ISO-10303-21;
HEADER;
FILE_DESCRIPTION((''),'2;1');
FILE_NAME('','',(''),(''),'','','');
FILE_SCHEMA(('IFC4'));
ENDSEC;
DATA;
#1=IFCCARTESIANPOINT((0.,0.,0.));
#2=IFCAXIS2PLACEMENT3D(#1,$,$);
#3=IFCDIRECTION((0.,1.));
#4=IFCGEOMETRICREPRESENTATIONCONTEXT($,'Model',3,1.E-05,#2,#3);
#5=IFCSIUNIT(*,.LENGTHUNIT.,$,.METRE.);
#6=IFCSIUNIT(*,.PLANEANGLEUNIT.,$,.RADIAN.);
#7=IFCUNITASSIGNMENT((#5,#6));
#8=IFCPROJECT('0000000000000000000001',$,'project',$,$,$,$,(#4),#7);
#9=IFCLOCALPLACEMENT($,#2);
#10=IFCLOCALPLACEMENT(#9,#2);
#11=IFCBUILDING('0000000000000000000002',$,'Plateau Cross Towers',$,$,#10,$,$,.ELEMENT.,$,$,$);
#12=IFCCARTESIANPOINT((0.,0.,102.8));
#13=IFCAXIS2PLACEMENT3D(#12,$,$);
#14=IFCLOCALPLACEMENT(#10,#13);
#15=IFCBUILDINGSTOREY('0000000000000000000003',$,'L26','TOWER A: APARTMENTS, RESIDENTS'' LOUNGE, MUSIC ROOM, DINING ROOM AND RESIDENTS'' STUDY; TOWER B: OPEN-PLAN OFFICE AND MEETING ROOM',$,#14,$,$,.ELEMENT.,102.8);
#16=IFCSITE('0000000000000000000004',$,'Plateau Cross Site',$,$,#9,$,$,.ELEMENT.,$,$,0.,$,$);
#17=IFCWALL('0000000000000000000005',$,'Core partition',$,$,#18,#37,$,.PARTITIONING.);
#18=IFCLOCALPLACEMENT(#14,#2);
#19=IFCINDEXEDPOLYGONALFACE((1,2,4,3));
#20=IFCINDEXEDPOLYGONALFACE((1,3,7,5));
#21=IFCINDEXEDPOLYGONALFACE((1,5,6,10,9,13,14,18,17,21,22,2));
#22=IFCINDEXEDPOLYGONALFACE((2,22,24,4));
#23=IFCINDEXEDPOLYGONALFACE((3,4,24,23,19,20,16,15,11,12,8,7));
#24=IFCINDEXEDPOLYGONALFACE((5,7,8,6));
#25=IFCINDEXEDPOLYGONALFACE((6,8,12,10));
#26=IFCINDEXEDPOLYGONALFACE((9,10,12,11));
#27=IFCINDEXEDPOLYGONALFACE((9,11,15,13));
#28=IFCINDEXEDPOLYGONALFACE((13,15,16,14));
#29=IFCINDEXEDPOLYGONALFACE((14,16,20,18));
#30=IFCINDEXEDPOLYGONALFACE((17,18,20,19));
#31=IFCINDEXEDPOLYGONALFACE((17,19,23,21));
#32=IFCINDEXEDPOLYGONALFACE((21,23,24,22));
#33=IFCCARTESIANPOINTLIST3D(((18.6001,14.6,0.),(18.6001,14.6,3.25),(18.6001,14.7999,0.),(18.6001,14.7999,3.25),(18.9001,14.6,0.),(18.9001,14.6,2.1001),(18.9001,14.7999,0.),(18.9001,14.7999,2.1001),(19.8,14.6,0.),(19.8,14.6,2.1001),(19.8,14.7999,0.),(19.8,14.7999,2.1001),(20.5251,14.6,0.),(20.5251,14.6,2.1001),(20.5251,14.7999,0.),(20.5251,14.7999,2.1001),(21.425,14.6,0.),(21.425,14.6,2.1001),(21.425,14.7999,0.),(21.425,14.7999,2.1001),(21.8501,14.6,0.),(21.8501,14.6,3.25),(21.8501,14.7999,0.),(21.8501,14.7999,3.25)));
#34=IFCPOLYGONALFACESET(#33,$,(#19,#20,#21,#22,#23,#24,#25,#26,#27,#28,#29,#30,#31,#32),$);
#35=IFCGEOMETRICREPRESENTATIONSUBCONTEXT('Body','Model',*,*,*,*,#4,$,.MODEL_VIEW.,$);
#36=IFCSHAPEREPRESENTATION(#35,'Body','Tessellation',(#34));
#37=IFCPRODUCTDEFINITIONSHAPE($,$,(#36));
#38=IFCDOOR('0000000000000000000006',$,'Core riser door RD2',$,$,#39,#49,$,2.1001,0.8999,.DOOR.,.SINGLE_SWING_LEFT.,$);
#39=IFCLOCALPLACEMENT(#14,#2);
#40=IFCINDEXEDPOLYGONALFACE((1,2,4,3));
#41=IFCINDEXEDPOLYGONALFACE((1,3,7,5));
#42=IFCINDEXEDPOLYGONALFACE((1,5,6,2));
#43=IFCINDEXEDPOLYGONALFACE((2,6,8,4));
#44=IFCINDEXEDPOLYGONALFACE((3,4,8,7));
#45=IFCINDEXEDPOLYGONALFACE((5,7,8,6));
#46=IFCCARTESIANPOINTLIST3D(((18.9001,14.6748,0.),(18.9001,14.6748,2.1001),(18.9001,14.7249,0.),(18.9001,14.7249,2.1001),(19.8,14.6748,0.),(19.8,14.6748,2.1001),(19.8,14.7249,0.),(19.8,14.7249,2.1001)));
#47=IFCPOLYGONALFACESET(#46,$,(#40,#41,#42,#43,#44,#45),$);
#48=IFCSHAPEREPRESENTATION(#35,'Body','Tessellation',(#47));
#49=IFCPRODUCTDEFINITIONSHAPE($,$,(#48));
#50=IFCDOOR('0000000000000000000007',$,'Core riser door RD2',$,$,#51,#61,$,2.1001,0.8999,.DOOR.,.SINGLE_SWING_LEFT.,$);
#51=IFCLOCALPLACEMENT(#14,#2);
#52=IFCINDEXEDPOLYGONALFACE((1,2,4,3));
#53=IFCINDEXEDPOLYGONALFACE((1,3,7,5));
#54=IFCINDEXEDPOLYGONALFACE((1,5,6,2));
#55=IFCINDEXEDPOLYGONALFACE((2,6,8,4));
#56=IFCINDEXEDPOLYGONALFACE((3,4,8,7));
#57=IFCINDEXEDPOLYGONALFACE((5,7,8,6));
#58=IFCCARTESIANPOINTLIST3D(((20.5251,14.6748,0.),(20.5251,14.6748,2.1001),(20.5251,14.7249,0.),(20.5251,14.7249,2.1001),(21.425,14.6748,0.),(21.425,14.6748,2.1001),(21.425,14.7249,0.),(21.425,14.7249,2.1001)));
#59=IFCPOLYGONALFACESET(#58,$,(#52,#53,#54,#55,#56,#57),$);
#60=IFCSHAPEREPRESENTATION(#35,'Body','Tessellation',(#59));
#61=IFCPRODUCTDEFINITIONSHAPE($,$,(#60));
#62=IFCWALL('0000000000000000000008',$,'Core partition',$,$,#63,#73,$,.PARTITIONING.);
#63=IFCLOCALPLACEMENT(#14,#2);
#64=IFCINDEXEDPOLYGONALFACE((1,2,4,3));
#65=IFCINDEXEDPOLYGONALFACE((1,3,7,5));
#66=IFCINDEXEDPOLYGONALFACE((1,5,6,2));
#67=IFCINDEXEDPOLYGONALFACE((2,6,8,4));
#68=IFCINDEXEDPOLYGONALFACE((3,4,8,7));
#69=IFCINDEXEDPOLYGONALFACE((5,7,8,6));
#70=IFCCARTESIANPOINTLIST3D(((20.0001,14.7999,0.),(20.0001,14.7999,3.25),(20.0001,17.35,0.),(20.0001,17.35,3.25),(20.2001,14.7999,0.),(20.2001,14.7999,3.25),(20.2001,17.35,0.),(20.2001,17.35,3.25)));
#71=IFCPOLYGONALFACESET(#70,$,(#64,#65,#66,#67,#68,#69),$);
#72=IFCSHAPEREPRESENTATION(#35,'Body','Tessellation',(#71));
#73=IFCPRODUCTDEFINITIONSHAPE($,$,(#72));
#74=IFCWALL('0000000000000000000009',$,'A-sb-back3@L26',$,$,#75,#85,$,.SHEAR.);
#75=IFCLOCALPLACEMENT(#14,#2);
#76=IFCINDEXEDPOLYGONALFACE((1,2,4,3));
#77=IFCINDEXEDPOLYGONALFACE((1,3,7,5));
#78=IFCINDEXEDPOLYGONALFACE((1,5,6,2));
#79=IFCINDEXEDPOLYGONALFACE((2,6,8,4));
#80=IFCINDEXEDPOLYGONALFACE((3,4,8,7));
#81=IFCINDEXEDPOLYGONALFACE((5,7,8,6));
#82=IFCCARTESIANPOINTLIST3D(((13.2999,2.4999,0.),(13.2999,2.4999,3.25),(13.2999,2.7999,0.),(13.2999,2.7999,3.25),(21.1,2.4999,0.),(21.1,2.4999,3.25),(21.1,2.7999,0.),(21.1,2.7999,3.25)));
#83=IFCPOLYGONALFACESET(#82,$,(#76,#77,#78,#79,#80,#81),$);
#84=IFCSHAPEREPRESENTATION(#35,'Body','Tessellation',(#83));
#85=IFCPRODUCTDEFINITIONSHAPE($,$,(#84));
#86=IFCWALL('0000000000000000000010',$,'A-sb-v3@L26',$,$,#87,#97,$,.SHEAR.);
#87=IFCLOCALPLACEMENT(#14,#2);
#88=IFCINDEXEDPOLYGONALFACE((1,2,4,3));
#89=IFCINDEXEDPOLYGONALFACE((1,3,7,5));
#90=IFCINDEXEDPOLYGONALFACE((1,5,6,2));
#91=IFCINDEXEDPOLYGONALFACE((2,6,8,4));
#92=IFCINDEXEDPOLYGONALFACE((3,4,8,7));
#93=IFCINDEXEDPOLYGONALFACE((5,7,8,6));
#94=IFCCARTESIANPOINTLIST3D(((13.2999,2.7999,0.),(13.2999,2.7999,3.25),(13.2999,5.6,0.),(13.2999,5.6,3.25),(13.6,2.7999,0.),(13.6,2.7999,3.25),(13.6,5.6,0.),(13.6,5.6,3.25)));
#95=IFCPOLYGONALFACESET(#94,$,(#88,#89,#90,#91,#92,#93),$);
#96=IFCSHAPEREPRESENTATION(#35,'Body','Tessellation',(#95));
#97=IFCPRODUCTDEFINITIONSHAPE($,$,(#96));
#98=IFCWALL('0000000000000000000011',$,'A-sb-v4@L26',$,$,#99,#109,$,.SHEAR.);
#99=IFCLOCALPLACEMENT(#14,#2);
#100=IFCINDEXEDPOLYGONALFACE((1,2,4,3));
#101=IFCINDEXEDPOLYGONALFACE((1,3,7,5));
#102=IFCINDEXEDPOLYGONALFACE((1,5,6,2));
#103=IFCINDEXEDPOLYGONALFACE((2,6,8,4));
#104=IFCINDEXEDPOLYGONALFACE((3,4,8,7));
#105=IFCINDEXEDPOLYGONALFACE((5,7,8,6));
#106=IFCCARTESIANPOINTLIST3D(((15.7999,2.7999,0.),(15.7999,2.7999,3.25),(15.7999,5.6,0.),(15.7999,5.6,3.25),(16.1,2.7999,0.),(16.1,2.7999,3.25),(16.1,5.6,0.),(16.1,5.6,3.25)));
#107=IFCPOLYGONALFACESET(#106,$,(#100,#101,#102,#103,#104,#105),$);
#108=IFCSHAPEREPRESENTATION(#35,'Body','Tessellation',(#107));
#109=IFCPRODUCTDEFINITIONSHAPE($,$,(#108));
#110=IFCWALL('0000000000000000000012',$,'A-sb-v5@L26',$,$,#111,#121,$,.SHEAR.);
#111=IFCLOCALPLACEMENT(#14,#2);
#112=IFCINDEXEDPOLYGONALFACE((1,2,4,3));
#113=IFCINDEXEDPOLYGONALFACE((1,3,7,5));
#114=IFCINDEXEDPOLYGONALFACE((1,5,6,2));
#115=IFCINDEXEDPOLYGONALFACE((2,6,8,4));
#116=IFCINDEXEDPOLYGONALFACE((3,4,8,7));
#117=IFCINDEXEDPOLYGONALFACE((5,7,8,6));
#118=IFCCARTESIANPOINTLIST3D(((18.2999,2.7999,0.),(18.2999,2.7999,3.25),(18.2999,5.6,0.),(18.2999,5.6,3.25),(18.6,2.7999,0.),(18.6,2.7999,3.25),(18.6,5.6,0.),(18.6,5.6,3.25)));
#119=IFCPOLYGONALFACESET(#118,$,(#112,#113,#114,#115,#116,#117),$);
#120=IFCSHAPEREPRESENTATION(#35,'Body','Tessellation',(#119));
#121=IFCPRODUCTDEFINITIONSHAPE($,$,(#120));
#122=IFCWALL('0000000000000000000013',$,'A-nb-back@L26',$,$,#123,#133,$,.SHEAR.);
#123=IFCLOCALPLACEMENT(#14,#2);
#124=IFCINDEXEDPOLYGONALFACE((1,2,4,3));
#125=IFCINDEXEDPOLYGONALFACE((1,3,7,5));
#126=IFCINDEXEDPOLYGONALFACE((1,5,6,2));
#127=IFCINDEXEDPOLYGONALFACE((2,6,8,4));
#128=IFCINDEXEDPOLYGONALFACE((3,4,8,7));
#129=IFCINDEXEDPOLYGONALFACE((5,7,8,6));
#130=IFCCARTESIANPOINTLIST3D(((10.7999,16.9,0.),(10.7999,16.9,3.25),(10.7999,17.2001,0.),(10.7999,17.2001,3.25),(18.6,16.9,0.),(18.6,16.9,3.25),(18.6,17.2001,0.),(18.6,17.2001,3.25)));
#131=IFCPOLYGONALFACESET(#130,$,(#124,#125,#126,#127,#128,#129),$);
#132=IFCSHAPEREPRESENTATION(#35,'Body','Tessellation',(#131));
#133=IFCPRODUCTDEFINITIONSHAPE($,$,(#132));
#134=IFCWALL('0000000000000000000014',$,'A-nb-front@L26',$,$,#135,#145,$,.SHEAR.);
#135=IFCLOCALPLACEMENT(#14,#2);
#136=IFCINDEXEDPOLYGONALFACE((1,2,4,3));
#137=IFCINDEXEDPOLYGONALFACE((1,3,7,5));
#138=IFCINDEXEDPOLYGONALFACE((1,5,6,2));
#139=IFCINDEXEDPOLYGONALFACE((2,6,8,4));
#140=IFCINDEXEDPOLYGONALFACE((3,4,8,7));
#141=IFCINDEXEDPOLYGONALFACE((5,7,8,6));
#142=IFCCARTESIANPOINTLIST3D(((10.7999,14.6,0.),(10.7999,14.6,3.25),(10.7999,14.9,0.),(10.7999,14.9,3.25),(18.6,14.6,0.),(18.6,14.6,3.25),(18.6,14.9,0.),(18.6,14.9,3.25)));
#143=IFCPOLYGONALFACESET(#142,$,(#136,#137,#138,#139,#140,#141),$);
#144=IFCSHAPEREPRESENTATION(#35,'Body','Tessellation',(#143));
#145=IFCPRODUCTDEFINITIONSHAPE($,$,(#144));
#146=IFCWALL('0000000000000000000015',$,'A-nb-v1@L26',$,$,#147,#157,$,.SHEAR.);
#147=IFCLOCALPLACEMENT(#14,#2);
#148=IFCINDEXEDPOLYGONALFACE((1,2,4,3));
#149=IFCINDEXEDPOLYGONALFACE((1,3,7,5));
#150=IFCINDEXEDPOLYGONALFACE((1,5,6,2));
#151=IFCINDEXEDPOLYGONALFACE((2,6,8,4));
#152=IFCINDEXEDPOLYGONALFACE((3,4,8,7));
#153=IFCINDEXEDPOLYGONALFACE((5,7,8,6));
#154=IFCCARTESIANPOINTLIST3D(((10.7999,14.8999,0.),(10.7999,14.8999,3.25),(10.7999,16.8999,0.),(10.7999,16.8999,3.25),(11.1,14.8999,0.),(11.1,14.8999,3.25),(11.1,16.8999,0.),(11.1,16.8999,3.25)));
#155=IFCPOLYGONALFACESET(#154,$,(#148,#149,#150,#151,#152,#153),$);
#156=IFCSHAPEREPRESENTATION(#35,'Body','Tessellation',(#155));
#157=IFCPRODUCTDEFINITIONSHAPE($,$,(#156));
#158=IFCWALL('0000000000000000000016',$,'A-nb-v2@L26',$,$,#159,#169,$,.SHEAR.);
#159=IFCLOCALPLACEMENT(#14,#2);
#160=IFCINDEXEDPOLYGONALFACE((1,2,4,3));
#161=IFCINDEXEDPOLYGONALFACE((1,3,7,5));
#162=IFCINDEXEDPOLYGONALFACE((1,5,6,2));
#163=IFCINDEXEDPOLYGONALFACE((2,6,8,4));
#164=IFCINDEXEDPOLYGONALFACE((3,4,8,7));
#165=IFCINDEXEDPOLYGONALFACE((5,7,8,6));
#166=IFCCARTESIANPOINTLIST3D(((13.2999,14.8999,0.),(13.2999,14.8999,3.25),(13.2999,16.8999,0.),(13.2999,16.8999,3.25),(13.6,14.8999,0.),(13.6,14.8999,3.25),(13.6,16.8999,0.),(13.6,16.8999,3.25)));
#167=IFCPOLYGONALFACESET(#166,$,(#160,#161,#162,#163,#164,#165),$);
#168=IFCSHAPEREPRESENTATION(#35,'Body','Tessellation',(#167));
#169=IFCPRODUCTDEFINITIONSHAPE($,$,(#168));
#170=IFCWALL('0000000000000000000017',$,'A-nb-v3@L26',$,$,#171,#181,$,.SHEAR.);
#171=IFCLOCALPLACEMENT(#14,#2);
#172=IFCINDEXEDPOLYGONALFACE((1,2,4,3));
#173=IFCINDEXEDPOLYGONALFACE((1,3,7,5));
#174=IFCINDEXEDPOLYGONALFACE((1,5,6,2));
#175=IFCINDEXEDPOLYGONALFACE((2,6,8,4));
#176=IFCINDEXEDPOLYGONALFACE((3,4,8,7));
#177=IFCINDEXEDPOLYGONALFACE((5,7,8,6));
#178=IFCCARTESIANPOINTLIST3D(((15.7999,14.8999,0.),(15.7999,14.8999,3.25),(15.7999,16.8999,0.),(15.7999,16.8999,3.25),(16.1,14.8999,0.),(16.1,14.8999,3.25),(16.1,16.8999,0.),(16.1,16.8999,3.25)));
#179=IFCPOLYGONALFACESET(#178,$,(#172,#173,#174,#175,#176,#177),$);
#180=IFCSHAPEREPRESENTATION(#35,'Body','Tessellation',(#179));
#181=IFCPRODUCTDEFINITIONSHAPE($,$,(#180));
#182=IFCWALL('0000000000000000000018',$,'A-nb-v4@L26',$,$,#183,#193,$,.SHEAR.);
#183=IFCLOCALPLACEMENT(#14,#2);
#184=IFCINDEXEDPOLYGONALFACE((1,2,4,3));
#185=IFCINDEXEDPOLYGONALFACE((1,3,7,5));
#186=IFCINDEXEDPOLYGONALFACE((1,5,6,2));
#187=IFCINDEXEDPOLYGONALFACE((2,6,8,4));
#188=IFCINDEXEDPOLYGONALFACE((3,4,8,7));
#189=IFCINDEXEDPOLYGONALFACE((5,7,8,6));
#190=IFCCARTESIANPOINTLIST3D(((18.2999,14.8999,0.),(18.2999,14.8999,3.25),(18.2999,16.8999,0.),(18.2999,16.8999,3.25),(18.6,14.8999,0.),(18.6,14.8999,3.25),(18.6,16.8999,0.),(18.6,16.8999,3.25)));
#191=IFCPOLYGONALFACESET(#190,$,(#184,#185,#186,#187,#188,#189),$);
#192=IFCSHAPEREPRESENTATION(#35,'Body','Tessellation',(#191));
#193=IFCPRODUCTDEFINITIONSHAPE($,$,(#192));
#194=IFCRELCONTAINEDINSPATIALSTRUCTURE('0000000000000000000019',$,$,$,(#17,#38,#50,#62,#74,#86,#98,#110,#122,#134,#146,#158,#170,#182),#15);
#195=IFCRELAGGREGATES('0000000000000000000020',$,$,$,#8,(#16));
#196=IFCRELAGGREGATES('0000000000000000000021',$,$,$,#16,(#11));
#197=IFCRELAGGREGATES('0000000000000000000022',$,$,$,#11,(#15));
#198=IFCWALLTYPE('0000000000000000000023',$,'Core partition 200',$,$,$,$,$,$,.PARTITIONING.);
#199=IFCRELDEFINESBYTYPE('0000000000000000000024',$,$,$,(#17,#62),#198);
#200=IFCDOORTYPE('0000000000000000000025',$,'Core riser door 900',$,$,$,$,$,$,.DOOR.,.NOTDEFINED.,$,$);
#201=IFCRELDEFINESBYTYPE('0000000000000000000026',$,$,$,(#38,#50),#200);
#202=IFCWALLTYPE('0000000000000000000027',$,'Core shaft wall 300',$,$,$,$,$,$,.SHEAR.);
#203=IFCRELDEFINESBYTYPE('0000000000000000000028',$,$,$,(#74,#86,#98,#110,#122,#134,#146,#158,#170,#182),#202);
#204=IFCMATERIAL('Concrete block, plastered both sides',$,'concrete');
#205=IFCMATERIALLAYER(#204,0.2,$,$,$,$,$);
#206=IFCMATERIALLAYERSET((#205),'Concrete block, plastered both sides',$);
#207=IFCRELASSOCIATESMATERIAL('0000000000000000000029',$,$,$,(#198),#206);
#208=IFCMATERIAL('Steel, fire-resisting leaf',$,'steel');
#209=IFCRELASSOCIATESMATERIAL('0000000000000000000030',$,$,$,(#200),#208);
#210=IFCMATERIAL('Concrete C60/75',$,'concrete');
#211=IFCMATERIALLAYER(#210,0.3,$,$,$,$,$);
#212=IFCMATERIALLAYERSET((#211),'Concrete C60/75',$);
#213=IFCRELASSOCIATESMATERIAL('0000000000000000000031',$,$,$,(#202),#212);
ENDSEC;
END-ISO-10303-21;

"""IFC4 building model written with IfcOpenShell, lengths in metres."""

from ifc_helpers import new_model, si_unit, direction, frame, frame_2d, origin, place, context, subcontext, project, spatial, rectangle, extrude, material, layer, layer_set, type_object, element, fill, save


model = new_model("IFC4")

# Units and contexts
model_context = context("Model", 3, precision=1e-05, world=origin(), true_north=direction((0.0, 1.0)))
body_context = subcontext(model_context, "Body", "Model", "MODEL_VIEW")
ifc_project = project(units=[si_unit("LENGTHUNIT", "METRE"), si_unit("PLANEANGLEUNIT", "RADIAN")], contexts=[model_context])

# Site, building, storey
site_placement = place(None, origin())
site = spatial("IfcSite", under=ifc_project, at=site_placement, Name="Plateau Cross Site", CompositionType="ELEMENT", RefElevation=0.0)
building_placement = place(site_placement, origin())
building = spatial("IfcBuilding", under=site, at=building_placement, Name="Plateau Cross Towers", CompositionType="ELEMENT")
storey_placement = place(building_placement, frame((0.0, 0.0, 102.8)))
storey = spatial("IfcBuildingStorey", under=building, at=storey_placement, Name="L26", Description="TOWER A: APARTMENTS, RESIDENTS' LOUNGE, MUSIC ROOM, DINING ROOM AND RESIDENTS' STUDY; TOWER B: OPEN-PLAN OFFICE AND MEETING ROOM", CompositionType="ELEMENT", Elevation=102.8)

# Shared definitions
ifc_material_1 = material(Name="Concrete C60/75", Category="concrete")

# Shared definitions
ifc_material_2 = material(Name="Concrete block, plastered both sides", Category="concrete")
ifc_layer_1 = layer(ifc_material_2, 0.2)
ifc_layer_set_1 = layer_set([ifc_layer_1], Name="Concrete block, plastered both sides")
wall_type_1 = type_object("IfcWallType", Name="Core partition 200", PredefinedType="PARTITIONING", material=ifc_layer_set_1)

# Wall, openings, doors
wall_1_placement = place(storey_placement, frame((18.6001, 14.7, 0.0), z_axis=(0.0, 0.0, 1.0), x_axis=(1.0, 0.0, 0.0)))
wall_1 = element("IfcWall", 1, at=wall_1_placement, inside=storey, type_object=wall_type_1, Name="Core partition", PredefinedType="PARTITIONING", context=body_context, shape_type="SweptSolid", body=[
    extrude(rectangle(XDim=3.25, YDim=0.2, at=frame_2d((1.625, 0.0))), origin(), (0.0, 0.0, 1.0), 3.25),
])
opening_1_placement = place(wall_1_placement, frame((0.3, 0.0, 0.0)))
opening_1 = element("IfcOpeningElement", 2, at=opening_1_placement, cuts=wall_1, PredefinedType="OPENING", context=body_context, shape_type="SweptSolid", body=[
    extrude(rectangle(XDim=0.8999, YDim=2.1001, at=frame_2d((0.45, 1.05))), frame((0.0, 0.1099, 0.0), z_axis=(0.0, -1.0, 0.0), x_axis=(1.0, 0.0, 0.0)), (0.0, 0.0, 1.0), 0.22),
])
opening_2_placement = place(wall_1_placement, frame((1.925, 0.0, 0.0)))
opening_2 = element("IfcOpeningElement", 3, at=opening_2_placement, cuts=wall_1, PredefinedType="OPENING", context=body_context, shape_type="SweptSolid", body=[
    extrude(rectangle(XDim=0.8999, YDim=2.1001, at=frame_2d((0.45, 1.05))), frame((0.0, 0.1099, 0.0), z_axis=(0.0, -1.0, 0.0), x_axis=(1.0, 0.0, 0.0)), (0.0, 0.0, 1.0), 0.22),
])
ifc_material_3 = material(Name="Steel, fire-resisting leaf", Category="steel")
door_type_1 = type_object("IfcDoorType", Name="Core riser door 900", OperationType="NOTDEFINED", PredefinedType="DOOR", material=ifc_material_3)
door_1_placement = place(opening_1_placement, origin())
door_1 = element("IfcDoor", 4, at=door_1_placement, inside=storey, type_object=door_type_1, Name="Core riser door RD2", OperationType="SINGLE_SWING_LEFT", OverallHeight=2.1001, OverallWidth=0.8999, PredefinedType="DOOR", context=body_context, shape_type="SweptSolid", body=[
    extrude(rectangle(XDim=0.8999, YDim=2.1001, at=frame_2d((0.45, 1.05))), frame((0.0, 0.0249, 0.0), z_axis=(0.0, -1.0, 0.0), x_axis=(1.0, 0.0, 0.0)), (0.0, 0.0, 1.0), 0.05),
])
fill(opening_1, door_1)
door_2_placement = place(opening_2_placement, origin())
door_2 = element("IfcDoor", 5, at=door_2_placement, inside=storey, type_object=door_type_1, Name="Core riser door RD2", OperationType="SINGLE_SWING_LEFT", OverallHeight=2.1001, OverallWidth=0.8999, PredefinedType="DOOR", context=body_context, shape_type="SweptSolid", body=[
    extrude(rectangle(XDim=0.8999, YDim=2.1001, at=frame_2d((0.45, 1.05))), frame((0.0, 0.0249, 0.0), z_axis=(0.0, -1.0, 0.0), x_axis=(1.0, 0.0, 0.0)), (0.0, 0.0, 1.0), 0.05),
])
fill(opening_2, door_2)

# Walls
wall_2_placement = place(storey_placement, frame((20.1001, 14.8, 0.0), z_axis=(0.0, 0.0, 1.0), x_axis=(0.0, 1.0, 0.0)))
element("IfcWall", 6, at=wall_2_placement, inside=storey, type_object=wall_type_1, Name="Core partition", PredefinedType="PARTITIONING", context=body_context, shape_type="SweptSolid", body=[
    extrude(rectangle(XDim=2.55, YDim=0.2, at=frame_2d((1.2749, 0.0))), origin(), (0.0, 0.0, 1.0), 3.25),
])
ifc_layer_2 = layer(ifc_material_1, 0.3)
ifc_layer_set_2 = layer_set([ifc_layer_2], Name="Concrete C60/75")
wall_type_2 = type_object("IfcWallType", Name="Core shaft wall 300", PredefinedType="SHEAR", material=ifc_layer_set_2)
wall_3_placement = place(storey_placement, frame((13.3, 2.6499, 0.0), z_axis=(0.0, 0.0, 1.0), x_axis=(1.0, 0.0, 0.0)))
element("IfcWall", 7, at=wall_3_placement, inside=storey, type_object=wall_type_2, Name="A-sb-back3@L26", PredefinedType="SHEAR", context=body_context, shape_type="SweptSolid", body=[
    extrude(rectangle(XDim=7.8, YDim=0.3, at=frame_2d((3.8999, 0.0))), origin(), (0.0, 0.0, 1.0), 3.25),
])
for number, where, z_axis, x_axis, name in (
    (8, (13.45, 2.8, 0.0), (0.0, 0.0, 1.0), (0.0, 1.0, 0.0), "A-sb-v3@L26"),
    (9, (15.95, 2.8, 0.0), (0.0, 0.0, 1.0), (0.0, 1.0, 0.0), "A-sb-v4@L26"),
    (10, (18.45, 2.8, 0.0), (0.0, 0.0, 1.0), (0.0, 1.0, 0.0), "A-sb-v5@L26"),
):
    element("IfcWall", number, at=place(storey_placement, frame(where, z_axis=z_axis, x_axis=x_axis)), inside=storey, type_object=wall_type_2, Name=name, PredefinedType="SHEAR", context=body_context, shape_type="SweptSolid", body=[
        extrude(rectangle(XDim=2.8, YDim=0.3, at=frame_2d((1.3999, 0.0))), origin(), (0.0, 0.0, 1.0), 3.25),
    ])
for number, where, z_axis, x_axis, name in (
    (11, (10.8, 17.05, 0.0), (0.0, 0.0, 1.0), (1.0, 0.0, 0.0), "A-nb-back@L26"),
    (12, (10.8, 14.75, 0.0), (0.0, 0.0, 1.0), (1.0, 0.0, 0.0), "A-nb-front@L26"),
):
    element("IfcWall", number, at=place(storey_placement, frame(where, z_axis=z_axis, x_axis=x_axis)), inside=storey, type_object=wall_type_2, Name=name, PredefinedType="SHEAR", context=body_context, shape_type="SweptSolid", body=[
        extrude(rectangle(XDim=7.8, YDim=0.3, at=frame_2d((3.8999, 0.0))), origin(), (0.0, 0.0, 1.0), 3.25),
    ])
for number, where, z_axis, x_axis, name in (
    (13, (10.95, 14.8999, 0.0), (0.0, 0.0, 1.0), (0.0, 1.0, 0.0), "A-nb-v1@L26"),
    (14, (13.45, 14.8999, 0.0), (0.0, 0.0, 1.0), (0.0, 1.0, 0.0), "A-nb-v2@L26"),
    (15, (15.95, 14.8999, 0.0), (0.0, 0.0, 1.0), (0.0, 1.0, 0.0), "A-nb-v3@L26"),
    (16, (18.45, 14.8999, 0.0), (0.0, 0.0, 1.0), (0.0, 1.0, 0.0), "A-nb-v4@L26"),
):
    element("IfcWall", number, at=place(storey_placement, frame(where, z_axis=z_axis, x_axis=x_axis)), inside=storey, type_object=wall_type_2, Name=name, PredefinedType="SHEAR", context=body_context, shape_type="SweptSolid", body=[
        extrude(rectangle(XDim=2.0, YDim=0.3, at=frame_2d((1.0, 0.0))), origin(), (0.0, 0.0, 1.0), 3.25),
    ])

save(model, "model.ifc")
